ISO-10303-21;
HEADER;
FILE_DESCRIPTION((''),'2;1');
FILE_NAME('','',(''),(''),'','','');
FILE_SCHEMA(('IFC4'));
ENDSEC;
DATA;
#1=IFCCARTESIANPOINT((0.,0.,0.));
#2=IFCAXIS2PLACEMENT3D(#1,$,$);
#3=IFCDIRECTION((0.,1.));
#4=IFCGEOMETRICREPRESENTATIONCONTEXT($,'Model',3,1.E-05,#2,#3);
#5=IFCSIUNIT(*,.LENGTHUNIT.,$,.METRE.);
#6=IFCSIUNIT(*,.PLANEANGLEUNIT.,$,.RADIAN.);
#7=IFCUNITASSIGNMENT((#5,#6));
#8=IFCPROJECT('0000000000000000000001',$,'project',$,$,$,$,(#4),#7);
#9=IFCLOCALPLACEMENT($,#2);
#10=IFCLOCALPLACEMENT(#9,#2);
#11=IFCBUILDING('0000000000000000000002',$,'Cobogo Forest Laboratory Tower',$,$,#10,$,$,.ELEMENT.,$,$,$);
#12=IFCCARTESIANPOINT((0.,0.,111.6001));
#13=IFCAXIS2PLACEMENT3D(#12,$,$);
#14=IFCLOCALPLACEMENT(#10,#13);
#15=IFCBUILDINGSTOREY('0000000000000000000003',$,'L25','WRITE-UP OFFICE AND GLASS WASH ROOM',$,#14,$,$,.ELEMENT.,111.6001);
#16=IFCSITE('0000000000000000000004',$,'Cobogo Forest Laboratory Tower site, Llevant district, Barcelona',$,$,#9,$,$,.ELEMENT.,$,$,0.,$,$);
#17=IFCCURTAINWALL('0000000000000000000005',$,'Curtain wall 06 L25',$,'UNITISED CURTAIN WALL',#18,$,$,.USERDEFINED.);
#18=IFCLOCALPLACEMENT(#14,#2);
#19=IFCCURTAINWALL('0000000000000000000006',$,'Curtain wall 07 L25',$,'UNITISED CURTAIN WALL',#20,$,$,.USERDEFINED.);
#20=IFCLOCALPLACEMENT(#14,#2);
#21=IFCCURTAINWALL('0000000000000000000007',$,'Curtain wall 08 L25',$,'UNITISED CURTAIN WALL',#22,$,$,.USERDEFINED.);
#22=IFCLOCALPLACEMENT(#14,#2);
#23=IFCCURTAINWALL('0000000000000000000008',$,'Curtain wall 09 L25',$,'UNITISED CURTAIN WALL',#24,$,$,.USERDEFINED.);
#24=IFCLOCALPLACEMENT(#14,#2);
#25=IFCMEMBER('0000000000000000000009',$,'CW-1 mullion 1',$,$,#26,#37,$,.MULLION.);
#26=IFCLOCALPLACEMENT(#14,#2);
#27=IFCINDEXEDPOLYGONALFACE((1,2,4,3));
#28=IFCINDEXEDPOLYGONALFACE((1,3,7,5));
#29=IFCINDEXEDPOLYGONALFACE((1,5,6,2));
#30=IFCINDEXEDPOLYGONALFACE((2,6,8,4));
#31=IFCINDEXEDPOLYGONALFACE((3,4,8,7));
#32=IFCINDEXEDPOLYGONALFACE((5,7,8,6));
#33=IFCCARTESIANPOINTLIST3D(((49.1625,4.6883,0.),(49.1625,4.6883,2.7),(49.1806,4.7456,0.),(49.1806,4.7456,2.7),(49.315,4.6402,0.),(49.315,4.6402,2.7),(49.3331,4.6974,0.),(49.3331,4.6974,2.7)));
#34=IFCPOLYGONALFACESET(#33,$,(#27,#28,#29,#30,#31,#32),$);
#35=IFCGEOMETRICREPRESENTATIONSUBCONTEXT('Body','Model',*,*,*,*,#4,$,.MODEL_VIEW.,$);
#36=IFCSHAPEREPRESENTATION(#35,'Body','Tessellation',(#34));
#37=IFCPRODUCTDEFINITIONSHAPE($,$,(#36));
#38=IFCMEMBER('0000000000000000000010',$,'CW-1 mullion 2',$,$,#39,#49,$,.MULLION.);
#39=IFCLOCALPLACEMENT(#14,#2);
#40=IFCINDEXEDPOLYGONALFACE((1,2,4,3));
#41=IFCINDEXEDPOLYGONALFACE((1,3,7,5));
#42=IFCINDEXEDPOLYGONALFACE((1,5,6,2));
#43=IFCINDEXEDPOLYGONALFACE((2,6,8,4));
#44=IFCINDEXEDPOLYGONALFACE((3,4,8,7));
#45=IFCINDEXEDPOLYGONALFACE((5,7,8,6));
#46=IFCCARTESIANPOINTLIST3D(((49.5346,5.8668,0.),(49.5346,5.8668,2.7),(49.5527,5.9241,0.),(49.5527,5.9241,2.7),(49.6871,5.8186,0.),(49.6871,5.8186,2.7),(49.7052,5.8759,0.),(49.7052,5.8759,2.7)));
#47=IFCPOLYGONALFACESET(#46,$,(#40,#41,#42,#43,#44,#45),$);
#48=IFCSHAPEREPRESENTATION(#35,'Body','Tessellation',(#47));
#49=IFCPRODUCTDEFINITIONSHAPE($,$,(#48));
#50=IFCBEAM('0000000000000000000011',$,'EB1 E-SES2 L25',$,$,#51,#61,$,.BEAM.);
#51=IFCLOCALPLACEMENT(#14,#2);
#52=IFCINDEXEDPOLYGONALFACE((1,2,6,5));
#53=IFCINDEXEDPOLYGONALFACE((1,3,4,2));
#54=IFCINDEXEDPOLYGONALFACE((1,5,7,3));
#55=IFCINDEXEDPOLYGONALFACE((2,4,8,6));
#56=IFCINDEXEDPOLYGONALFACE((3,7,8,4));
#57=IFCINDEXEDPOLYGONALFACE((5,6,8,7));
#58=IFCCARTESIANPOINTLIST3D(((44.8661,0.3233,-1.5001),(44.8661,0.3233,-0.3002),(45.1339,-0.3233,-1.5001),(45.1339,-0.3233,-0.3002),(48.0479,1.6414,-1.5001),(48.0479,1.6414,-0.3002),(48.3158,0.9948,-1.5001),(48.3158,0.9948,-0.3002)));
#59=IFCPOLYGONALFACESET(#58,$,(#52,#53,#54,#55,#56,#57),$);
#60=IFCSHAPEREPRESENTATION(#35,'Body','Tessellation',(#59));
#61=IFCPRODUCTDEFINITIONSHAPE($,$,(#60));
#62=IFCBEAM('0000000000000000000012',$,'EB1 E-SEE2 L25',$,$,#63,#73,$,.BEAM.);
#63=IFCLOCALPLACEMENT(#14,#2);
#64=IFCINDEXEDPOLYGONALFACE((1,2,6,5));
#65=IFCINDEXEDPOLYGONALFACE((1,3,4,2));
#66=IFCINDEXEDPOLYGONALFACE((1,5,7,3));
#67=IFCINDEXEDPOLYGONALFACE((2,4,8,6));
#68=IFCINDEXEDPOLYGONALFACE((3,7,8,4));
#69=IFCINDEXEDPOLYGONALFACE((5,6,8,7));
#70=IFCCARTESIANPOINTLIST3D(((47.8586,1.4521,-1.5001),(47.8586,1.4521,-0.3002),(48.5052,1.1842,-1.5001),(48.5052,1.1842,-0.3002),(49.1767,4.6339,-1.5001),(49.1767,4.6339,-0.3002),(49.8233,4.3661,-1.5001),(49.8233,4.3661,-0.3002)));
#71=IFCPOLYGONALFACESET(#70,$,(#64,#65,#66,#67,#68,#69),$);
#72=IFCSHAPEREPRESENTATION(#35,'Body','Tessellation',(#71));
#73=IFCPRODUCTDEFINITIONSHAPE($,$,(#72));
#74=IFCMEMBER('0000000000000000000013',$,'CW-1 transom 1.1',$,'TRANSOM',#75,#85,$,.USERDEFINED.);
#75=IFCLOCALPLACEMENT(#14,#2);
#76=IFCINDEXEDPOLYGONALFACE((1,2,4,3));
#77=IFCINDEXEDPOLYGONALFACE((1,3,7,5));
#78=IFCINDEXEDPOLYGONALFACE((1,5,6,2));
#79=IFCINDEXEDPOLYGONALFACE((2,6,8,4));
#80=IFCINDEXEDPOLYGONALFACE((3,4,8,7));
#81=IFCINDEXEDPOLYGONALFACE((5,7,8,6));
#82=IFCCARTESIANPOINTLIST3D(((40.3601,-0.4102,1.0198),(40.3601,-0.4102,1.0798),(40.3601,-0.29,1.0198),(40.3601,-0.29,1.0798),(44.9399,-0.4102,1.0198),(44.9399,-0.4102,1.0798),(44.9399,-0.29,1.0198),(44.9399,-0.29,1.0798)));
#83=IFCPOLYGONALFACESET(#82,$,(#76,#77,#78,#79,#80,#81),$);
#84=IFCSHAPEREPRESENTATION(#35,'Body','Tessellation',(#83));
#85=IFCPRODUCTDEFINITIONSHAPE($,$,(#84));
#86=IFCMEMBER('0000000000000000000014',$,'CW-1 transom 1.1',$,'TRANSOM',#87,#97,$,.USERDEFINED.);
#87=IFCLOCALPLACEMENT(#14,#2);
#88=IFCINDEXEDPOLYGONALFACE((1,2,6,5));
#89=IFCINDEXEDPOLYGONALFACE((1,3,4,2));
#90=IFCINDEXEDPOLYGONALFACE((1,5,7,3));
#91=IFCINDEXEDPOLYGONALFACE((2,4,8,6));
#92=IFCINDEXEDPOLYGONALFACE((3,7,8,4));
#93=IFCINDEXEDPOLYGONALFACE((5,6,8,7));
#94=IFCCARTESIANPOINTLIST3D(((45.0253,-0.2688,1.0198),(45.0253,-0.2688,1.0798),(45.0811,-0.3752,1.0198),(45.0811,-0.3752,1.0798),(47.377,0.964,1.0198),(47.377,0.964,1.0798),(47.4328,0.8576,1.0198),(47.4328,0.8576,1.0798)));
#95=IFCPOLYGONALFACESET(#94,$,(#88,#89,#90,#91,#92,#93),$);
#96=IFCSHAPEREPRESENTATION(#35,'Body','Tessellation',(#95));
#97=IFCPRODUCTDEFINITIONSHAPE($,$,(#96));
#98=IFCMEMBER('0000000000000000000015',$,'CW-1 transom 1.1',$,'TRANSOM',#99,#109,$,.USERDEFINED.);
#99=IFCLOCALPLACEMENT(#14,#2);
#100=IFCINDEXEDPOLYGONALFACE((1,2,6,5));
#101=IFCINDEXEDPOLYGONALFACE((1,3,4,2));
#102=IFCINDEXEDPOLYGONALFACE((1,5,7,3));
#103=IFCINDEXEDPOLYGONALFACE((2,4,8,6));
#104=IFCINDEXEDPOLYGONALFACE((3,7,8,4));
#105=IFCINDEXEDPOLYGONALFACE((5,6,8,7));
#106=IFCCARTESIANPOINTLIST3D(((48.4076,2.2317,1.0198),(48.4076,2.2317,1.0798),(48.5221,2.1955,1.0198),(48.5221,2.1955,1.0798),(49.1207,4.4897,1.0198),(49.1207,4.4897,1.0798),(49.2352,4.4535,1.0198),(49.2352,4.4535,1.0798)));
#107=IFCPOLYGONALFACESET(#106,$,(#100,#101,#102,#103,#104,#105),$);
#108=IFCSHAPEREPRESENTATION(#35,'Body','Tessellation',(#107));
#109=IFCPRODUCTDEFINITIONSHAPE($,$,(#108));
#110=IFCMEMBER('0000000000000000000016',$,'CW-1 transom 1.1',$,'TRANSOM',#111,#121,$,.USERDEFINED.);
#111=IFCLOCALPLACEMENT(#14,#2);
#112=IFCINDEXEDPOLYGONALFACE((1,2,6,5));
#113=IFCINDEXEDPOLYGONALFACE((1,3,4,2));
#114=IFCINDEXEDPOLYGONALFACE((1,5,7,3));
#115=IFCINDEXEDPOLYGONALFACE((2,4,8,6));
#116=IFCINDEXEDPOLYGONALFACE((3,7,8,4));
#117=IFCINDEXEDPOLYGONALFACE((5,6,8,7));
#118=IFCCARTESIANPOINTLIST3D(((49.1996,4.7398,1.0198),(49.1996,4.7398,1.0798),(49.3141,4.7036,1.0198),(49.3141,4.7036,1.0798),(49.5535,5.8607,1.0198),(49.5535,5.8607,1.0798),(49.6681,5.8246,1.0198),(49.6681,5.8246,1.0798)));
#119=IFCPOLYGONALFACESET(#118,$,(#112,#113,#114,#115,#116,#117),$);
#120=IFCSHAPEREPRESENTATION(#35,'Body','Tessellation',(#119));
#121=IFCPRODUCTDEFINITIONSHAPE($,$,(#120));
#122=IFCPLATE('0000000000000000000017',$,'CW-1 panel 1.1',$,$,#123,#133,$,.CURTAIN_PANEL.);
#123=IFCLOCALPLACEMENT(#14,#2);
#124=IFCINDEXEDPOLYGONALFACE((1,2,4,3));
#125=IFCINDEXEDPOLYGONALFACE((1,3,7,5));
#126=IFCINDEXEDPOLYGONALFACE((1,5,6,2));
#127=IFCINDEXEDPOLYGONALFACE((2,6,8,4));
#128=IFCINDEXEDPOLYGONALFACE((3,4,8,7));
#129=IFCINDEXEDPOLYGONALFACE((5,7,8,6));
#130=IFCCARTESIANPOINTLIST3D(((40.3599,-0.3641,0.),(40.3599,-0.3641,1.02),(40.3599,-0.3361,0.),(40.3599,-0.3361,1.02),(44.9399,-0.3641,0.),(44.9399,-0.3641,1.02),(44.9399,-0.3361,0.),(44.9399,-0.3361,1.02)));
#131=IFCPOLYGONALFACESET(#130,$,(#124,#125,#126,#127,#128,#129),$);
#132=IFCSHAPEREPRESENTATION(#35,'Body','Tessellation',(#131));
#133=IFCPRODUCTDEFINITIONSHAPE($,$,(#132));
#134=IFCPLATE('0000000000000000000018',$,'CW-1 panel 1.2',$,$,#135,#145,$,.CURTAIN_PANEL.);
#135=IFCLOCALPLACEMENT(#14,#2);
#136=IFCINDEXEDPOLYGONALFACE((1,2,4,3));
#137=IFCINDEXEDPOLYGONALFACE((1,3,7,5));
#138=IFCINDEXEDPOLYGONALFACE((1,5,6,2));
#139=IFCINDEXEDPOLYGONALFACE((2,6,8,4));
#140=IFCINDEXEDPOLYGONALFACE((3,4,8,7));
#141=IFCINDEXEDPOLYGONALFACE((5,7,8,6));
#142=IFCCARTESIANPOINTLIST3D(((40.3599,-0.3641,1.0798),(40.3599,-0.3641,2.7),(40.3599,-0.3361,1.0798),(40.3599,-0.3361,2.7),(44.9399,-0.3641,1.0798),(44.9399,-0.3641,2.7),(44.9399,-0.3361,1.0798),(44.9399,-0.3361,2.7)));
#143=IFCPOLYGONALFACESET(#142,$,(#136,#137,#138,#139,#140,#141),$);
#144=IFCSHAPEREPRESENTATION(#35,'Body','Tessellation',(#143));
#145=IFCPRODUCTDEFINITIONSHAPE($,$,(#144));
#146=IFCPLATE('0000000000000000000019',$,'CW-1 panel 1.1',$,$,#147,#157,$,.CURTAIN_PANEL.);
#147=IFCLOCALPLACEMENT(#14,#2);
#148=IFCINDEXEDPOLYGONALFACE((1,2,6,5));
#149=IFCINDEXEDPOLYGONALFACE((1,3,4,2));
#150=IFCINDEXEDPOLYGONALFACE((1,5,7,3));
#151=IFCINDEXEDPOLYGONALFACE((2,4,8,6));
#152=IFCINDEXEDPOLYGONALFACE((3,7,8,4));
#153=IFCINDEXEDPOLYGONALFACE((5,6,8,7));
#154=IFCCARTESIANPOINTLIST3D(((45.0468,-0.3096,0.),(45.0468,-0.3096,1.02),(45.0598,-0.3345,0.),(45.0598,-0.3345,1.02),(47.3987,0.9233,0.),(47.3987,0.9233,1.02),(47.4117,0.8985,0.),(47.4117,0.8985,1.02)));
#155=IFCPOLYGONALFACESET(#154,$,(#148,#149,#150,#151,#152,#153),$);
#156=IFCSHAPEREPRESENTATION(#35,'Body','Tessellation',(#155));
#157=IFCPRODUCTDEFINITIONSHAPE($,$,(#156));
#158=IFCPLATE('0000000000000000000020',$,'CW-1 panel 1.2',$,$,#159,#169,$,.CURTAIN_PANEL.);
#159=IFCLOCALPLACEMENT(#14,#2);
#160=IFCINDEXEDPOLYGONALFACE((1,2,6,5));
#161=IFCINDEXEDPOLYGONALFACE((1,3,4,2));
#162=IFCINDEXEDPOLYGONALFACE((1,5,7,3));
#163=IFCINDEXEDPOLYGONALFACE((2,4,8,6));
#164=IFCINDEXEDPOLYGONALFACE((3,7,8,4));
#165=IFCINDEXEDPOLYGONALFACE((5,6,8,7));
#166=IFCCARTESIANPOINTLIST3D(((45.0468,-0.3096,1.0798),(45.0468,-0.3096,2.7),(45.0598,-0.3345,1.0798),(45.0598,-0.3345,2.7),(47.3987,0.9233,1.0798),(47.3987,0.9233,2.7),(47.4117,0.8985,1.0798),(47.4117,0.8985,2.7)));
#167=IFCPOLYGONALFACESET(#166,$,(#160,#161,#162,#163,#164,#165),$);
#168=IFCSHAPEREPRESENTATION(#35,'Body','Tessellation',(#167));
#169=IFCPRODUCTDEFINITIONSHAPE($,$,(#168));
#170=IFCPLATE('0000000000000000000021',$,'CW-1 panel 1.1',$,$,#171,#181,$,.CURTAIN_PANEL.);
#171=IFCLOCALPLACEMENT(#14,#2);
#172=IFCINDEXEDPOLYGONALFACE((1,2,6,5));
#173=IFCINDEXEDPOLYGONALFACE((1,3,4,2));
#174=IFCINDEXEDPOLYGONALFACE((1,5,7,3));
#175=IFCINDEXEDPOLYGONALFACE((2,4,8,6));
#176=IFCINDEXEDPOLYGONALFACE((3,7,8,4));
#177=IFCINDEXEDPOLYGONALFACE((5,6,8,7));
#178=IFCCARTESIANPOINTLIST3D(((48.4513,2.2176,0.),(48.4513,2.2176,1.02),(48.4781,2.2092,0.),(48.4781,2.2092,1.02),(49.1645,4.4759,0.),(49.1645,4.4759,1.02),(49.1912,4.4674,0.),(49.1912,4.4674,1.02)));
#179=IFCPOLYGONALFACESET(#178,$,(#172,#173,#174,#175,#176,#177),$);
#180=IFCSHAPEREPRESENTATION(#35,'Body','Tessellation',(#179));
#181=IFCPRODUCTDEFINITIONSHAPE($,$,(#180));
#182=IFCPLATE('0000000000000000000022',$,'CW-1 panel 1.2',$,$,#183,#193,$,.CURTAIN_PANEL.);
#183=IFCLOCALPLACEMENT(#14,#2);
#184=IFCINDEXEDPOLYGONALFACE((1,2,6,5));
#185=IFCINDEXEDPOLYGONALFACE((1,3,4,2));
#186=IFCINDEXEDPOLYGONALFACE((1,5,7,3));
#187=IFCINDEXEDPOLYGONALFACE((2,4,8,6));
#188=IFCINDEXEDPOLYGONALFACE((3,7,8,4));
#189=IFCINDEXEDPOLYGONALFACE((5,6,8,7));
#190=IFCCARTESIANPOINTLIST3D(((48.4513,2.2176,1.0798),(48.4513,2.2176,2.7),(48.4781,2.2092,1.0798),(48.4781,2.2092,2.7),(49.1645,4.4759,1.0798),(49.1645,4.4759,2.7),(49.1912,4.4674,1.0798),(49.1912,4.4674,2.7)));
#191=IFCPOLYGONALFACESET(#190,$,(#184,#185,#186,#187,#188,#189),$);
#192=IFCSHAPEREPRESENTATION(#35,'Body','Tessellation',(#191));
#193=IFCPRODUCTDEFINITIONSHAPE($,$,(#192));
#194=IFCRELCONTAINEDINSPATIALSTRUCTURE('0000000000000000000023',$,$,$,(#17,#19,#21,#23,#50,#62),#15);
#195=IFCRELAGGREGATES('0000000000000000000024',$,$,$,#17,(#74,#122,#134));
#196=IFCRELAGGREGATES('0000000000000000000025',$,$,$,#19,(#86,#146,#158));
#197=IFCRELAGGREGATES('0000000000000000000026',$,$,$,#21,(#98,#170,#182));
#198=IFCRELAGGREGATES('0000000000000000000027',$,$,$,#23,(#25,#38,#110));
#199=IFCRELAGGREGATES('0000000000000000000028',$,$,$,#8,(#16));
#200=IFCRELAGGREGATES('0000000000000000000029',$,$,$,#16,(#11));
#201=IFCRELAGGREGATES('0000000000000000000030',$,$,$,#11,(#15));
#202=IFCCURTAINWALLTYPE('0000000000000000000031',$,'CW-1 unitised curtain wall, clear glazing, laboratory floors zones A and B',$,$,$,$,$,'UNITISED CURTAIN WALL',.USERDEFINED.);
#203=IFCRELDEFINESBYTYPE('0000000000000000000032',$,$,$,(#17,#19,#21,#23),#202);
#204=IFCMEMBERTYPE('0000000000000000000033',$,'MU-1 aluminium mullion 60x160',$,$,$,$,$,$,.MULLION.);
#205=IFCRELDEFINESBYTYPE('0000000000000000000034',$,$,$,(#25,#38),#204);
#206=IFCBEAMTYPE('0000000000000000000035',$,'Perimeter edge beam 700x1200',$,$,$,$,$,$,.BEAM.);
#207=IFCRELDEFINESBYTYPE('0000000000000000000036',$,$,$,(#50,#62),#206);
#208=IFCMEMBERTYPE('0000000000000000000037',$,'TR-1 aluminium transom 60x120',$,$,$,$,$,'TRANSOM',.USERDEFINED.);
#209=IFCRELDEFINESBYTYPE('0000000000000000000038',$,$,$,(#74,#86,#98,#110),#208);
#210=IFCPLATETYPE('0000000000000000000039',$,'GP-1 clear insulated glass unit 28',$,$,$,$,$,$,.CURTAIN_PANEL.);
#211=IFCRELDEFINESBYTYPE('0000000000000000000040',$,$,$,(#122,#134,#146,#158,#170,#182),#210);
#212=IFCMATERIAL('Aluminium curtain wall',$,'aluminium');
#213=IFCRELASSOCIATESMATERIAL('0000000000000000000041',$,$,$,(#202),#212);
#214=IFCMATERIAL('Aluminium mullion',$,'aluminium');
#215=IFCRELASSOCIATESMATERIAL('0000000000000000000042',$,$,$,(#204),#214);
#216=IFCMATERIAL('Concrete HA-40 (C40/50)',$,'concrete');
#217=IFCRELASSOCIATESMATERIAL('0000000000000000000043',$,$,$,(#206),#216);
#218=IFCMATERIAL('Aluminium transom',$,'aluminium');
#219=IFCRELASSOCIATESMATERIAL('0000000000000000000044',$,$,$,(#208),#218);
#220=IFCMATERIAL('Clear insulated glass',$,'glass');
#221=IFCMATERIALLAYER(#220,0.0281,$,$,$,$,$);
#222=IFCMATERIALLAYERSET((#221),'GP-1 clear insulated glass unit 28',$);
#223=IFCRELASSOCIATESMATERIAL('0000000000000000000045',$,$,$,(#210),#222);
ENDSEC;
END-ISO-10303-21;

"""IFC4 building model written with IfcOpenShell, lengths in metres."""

from ifc_helpers import new_model, si_unit, direction, frame, origin, origin_2d, place, context, subcontext, project, spatial, rectangle, extrude, material, layer, layer_set, material_profile, profile_set, type_object, element, aggregate, save


model = new_model("IFC4")

# Units and contexts
model_context = context("Model", 3, precision=1e-05, world=origin(), true_north=direction((0.0, 1.0)))
body_context = subcontext(model_context, "Body", "Model", "MODEL_VIEW")
ifc_project = project(units=[si_unit("LENGTHUNIT", "METRE"), si_unit("PLANEANGLEUNIT", "RADIAN")], contexts=[model_context])

# Site, building, storey
site_placement = place(None, origin())
site = spatial("IfcSite", under=ifc_project, at=site_placement, Name="Cobogo Forest Laboratory Tower site, Llevant district, Barcelona", CompositionType="ELEMENT", RefElevation=0.0)
building_placement = place(site_placement, origin())
building = spatial("IfcBuilding", under=site, at=building_placement, Name="Cobogo Forest Laboratory Tower", CompositionType="ELEMENT")
storey_placement = place(building_placement, frame((0.0, 0.0, 111.6001)))
storey = spatial("IfcBuildingStorey", under=building, at=storey_placement, Name="L25", Description="WRITE-UP OFFICE AND GLASS WASH ROOM", CompositionType="ELEMENT", Elevation=111.6001)

# Shared definitions
ifc_material_1 = material(Name="Concrete HA-40 (C40/50)", Category="concrete")

# Curtain walls, members
ifc_material_2 = material(Name="Aluminium curtain wall", Category="aluminium")
curtain_wall_type = type_object("IfcCurtainWallType", Name="CW-1 unitised curtain wall, clear glazing, laboratory floors zones A and B", ElementType="UNITISED CURTAIN WALL", PredefinedType="USERDEFINED", material=ifc_material_2)
curtain_wall_1_placement = place(storey_placement, origin())
curtain_wall_1 = element("IfcCurtainWall", 1, at=curtain_wall_1_placement, inside=storey, type_object=curtain_wall_type, Name="Curtain wall 06 L25", ObjectType="UNITISED CURTAIN WALL", PredefinedType="USERDEFINED")
ifc_material_3 = material(Name="Aluminium mullion", Category="aluminium")
ifc_material_profile_1 = material_profile(ifc_material_3, rectangle(XDim=0.0601, YDim=0.1599, at=origin_2d()), Name="AL 60x160")
ifc_profile_set_1 = profile_set([ifc_material_profile_1], Name="Aluminium mullion")
member_type_1 = type_object("IfcMemberType", Name="MU-1 aluminium mullion 60x160", PredefinedType="MULLION", material=ifc_profile_set_1)
curtain_wall_2_placement = place(storey_placement, origin())
curtain_wall_2 = element("IfcCurtainWall", 2, at=curtain_wall_2_placement, inside=storey, type_object=curtain_wall_type, Name="Curtain wall 07 L25", ObjectType="UNITISED CURTAIN WALL", PredefinedType="USERDEFINED")
curtain_wall_3_placement = place(storey_placement, origin())
curtain_wall_3 = element("IfcCurtainWall", 3, at=curtain_wall_3_placement, inside=storey, type_object=curtain_wall_type, Name="Curtain wall 08 L25", ObjectType="UNITISED CURTAIN WALL", PredefinedType="USERDEFINED")
curtain_wall_4_placement = place(storey_placement, origin())
curtain_wall_4 = element("IfcCurtainWall", 4, at=curtain_wall_4_placement, inside=storey, type_object=curtain_wall_type, Name="Curtain wall 09 L25", ObjectType="UNITISED CURTAIN WALL", PredefinedType="USERDEFINED")
member_1_placement = place(storey_placement, frame((49.2478, 4.6929, 0.0), z_axis=(0.0, 0.0, 1.0), x_axis=(0.301135, 0.953581, 0.0)))
member_1 = element("IfcMember", 5, at=member_1_placement, type_object=member_type_1, Name="CW-1 mullion 1", PredefinedType="MULLION", context=body_context, shape_type="SweptSolid", body=[
    extrude(rectangle(XDim=0.0601, YDim=0.1599, at=origin_2d()), origin(), (0.0, 0.0, 1.0), 2.7),
])
member_2_placement = place(storey_placement, frame((49.6199, 5.8713, 0.0), z_axis=(0.0, 0.0, 1.0), x_axis=(0.301135, 0.953581, 0.0)))
member_2 = element("IfcMember", 6, at=member_2_placement, type_object=member_type_1, Name="CW-1 mullion 2", PredefinedType="MULLION", context=body_context, shape_type="SweptSolid", body=[
    extrude(rectangle(XDim=0.0601, YDim=0.1599, at=origin_2d()), origin(), (0.0, 0.0, 1.0), 2.7),
])

# Beams
ifc_material_profile_2 = material_profile(ifc_material_1, rectangle(XDim=0.7, YDim=1.2, at=origin_2d()), Name="RC 700x1200")
ifc_profile_set_2 = profile_set([ifc_material_profile_2], Name="Concrete HA-40 (C40/50)")
beam_type_1 = type_object("IfcBeamType", Name="Perimeter edge beam 700x1200", PredefinedType="BEAM", material=ifc_profile_set_2)
for number, where, z_axis, x_axis, name in (
    (7, (45.0, 0.0, -0.9001), (0.923866, 0.382717, 0.0), (-0.382717, 0.923866, 0.0), "EB1 E-SES2 L25"),
    (8, (49.5, 4.5, -0.9001), (-0.382717, -0.923866, 0.0), (0.923866, -0.382717, 0.0), "EB1 E-SEE2 L25"),
):
    element("IfcBeam", number, at=place(storey_placement, frame(where, z_axis=z_axis, x_axis=x_axis)), inside=storey, type_object=beam_type_1, Name=name, PredefinedType="BEAM", context=body_context, shape_type="SweptSolid", body=[
        extrude(rectangle(XDim=0.7, YDim=1.2, at=origin_2d()), origin(), (0.0, 0.0, 1.0), 3.4441),
    ])

# Members
ifc_material_4 = material(Name="Aluminium transom", Category="aluminium")
ifc_material_profile_3 = material_profile(ifc_material_4, rectangle(XDim=0.1201, YDim=0.0601, at=origin_2d()), Name="AL 60x120")
ifc_profile_set_3 = profile_set([ifc_material_profile_3], Name="Aluminium transom")
member_type_2 = type_object("IfcMemberType", Name="TR-1 aluminium transom 60x120", ElementType="TRANSOM", PredefinedType="USERDEFINED", material=ifc_profile_set_3)
member_3_placement = place(storey_placement, frame((40.3601, -0.3501, 1.0498), z_axis=(1.0, 0.0, 0.0), x_axis=(0.0, 1.0, 0.0)))
member_3 = element("IfcMember", 9, at=member_3_placement, type_object=member_type_2, Name="CW-1 transom 1.1", ObjectType="TRANSOM", PredefinedType="USERDEFINED", context=body_context, shape_type="SweptSolid", body=[
    extrude(rectangle(XDim=0.1201, YDim=0.0601, at=origin_2d()), origin(), (0.0, 0.0, 1.0), 4.5798),
])
member_4_placement = place(storey_placement, frame((45.0532, -0.322, 1.0498), z_axis=(0.885675, 0.464306, 0.0), x_axis=(-0.464306, 0.885675, 0.0)))
member_4 = element("IfcMember", 10, at=member_4_placement, type_object=member_type_2, Name="CW-1 transom 1.1", ObjectType="TRANSOM", PredefinedType="USERDEFINED", context=body_context, shape_type="SweptSolid", body=[
    extrude(rectangle(XDim=0.1201, YDim=0.0601, at=origin_2d()), origin(), (0.0, 0.0, 1.0), 2.6553),
])
member_5_placement = place(storey_placement, frame((48.4648, 2.2136, 1.0498), z_axis=(0.301156, 0.953575, 0.0), x_axis=(-0.953575, 0.301156, 0.0)))
member_5 = element("IfcMember", 11, at=member_5_placement, type_object=member_type_2, Name="CW-1 transom 1.1", ObjectType="TRANSOM", PredefinedType="USERDEFINED", context=body_context, shape_type="SweptSolid", body=[
    extrude(rectangle(XDim=0.1201, YDim=0.0601, at=origin_2d()), origin(), (0.0, 0.0, 1.0), 2.3679),
])
member_6_placement = place(storey_placement, frame((49.2568, 4.7217, 1.0498), z_axis=(0.301111, 0.953589, 0.0), x_axis=(-0.953589, 0.301111, 0.0)))
member_6 = element("IfcMember", 12, at=member_6_placement, type_object=member_type_2, Name="CW-1 transom 1.1", ObjectType="TRANSOM", PredefinedType="USERDEFINED", context=body_context, shape_type="SweptSolid", body=[
    extrude(rectangle(XDim=0.1201, YDim=0.0601, at=origin_2d()), origin(), (0.0, 0.0, 1.0), 1.1755),
])

# Plates
ifc_material_5 = material(Name="Clear insulated glass", Category="glass")
ifc_layer = layer(ifc_material_5, 0.0281)
ifc_layer_set = layer_set([ifc_layer], Name="GP-1 clear insulated glass unit 28")
plate_type = type_object("IfcPlateType", Name="GP-1 clear insulated glass unit 28", PredefinedType="CURTAIN_PANEL", material=ifc_layer_set)
plate_1_placement = place(storey_placement, frame((42.6499, -0.3501, 0.0), z_axis=(0.0, 0.0, 1.0), x_axis=(1.0, 0.0, 0.0)))
plate_1 = element("IfcPlate", 13, at=plate_1_placement, type_object=plate_type, Name="CW-1 panel 1.1", PredefinedType="CURTAIN_PANEL", context=body_context, shape_type="SweptSolid", body=[
    extrude(rectangle(XDim=4.5801, YDim=0.0281, at=origin_2d()), origin(), (0.0, 0.0, 1.0), 1.02),
])
plate_2_placement = place(storey_placement, frame((42.6499, -0.3501, 1.0798), z_axis=(0.0, 0.0, 1.0), x_axis=(1.0, 0.0, 0.0)))
plate_2 = element("IfcPlate", 14, at=plate_2_placement, type_object=plate_type, Name="CW-1 panel 1.2", PredefinedType="CURTAIN_PANEL", context=body_context, shape_type="SweptSolid", body=[
    extrude(rectangle(XDim=4.5801, YDim=0.0281, at=origin_2d()), origin(), (0.0, 0.0, 1.0), 1.6201),
])
aggregate(curtain_wall_1, [member_3, plate_1, plate_2])
plate_3_placement = place(storey_placement, frame((46.2292, 0.2944, 0.0), z_axis=(0.0, 0.0, 1.0), x_axis=(0.885687, 0.464284, 0.0)))
plate_3 = element("IfcPlate", 15, at=plate_3_placement, type_object=plate_type, Name="CW-1 panel 1.1", PredefinedType="CURTAIN_PANEL", context=body_context, shape_type="SweptSolid", body=[
    extrude(rectangle(XDim=2.6555, YDim=0.0281, at=origin_2d()), origin(), (0.0, 0.0, 1.0), 1.02),
])
plate_4_placement = place(storey_placement, frame((46.2292, 0.2944, 1.0798), z_axis=(0.0, 0.0, 1.0), x_axis=(0.885687, 0.464284, 0.0)))
plate_4 = element("IfcPlate", 16, at=plate_4_placement, type_object=plate_type, Name="CW-1 panel 1.2", PredefinedType="CURTAIN_PANEL", context=body_context, shape_type="SweptSolid", body=[
    extrude(rectangle(XDim=2.6555, YDim=0.0281, at=origin_2d()), origin(), (0.0, 0.0, 1.0), 1.6201),
])
aggregate(curtain_wall_2, [member_4, plate_3, plate_4])
plate_5_placement = place(storey_placement, frame((48.8213, 3.3425, 0.0), z_axis=(0.0, 0.0, 1.0), x_axis=(0.301135, 0.953581, 0.0)))
plate_5 = element("IfcPlate", 17, at=plate_5_placement, type_object=plate_type, Name="CW-1 panel 1.1", PredefinedType="CURTAIN_PANEL", context=body_context, shape_type="SweptSolid", body=[
    extrude(rectangle(XDim=2.3682, YDim=0.0281, at=origin_2d()), origin(), (0.0, 0.0, 1.0), 1.02),
])
plate_6_placement = place(storey_placement, frame((48.8213, 3.3425, 1.0798), z_axis=(0.0, 0.0, 1.0), x_axis=(0.301135, 0.953581, 0.0)))
plate_6 = element("IfcPlate", 18, at=plate_6_placement, type_object=plate_type, Name="CW-1 panel 1.2", PredefinedType="CURTAIN_PANEL", context=body_context, shape_type="SweptSolid", body=[
    extrude(rectangle(XDim=2.3682, YDim=0.0281, at=origin_2d()), origin(), (0.0, 0.0, 1.0), 1.6201),
])
aggregate(curtain_wall_3, [member_5, plate_5, plate_6])
aggregate(curtain_wall_4, [member_1, member_2, member_6])

save(model, "model.ifc")
